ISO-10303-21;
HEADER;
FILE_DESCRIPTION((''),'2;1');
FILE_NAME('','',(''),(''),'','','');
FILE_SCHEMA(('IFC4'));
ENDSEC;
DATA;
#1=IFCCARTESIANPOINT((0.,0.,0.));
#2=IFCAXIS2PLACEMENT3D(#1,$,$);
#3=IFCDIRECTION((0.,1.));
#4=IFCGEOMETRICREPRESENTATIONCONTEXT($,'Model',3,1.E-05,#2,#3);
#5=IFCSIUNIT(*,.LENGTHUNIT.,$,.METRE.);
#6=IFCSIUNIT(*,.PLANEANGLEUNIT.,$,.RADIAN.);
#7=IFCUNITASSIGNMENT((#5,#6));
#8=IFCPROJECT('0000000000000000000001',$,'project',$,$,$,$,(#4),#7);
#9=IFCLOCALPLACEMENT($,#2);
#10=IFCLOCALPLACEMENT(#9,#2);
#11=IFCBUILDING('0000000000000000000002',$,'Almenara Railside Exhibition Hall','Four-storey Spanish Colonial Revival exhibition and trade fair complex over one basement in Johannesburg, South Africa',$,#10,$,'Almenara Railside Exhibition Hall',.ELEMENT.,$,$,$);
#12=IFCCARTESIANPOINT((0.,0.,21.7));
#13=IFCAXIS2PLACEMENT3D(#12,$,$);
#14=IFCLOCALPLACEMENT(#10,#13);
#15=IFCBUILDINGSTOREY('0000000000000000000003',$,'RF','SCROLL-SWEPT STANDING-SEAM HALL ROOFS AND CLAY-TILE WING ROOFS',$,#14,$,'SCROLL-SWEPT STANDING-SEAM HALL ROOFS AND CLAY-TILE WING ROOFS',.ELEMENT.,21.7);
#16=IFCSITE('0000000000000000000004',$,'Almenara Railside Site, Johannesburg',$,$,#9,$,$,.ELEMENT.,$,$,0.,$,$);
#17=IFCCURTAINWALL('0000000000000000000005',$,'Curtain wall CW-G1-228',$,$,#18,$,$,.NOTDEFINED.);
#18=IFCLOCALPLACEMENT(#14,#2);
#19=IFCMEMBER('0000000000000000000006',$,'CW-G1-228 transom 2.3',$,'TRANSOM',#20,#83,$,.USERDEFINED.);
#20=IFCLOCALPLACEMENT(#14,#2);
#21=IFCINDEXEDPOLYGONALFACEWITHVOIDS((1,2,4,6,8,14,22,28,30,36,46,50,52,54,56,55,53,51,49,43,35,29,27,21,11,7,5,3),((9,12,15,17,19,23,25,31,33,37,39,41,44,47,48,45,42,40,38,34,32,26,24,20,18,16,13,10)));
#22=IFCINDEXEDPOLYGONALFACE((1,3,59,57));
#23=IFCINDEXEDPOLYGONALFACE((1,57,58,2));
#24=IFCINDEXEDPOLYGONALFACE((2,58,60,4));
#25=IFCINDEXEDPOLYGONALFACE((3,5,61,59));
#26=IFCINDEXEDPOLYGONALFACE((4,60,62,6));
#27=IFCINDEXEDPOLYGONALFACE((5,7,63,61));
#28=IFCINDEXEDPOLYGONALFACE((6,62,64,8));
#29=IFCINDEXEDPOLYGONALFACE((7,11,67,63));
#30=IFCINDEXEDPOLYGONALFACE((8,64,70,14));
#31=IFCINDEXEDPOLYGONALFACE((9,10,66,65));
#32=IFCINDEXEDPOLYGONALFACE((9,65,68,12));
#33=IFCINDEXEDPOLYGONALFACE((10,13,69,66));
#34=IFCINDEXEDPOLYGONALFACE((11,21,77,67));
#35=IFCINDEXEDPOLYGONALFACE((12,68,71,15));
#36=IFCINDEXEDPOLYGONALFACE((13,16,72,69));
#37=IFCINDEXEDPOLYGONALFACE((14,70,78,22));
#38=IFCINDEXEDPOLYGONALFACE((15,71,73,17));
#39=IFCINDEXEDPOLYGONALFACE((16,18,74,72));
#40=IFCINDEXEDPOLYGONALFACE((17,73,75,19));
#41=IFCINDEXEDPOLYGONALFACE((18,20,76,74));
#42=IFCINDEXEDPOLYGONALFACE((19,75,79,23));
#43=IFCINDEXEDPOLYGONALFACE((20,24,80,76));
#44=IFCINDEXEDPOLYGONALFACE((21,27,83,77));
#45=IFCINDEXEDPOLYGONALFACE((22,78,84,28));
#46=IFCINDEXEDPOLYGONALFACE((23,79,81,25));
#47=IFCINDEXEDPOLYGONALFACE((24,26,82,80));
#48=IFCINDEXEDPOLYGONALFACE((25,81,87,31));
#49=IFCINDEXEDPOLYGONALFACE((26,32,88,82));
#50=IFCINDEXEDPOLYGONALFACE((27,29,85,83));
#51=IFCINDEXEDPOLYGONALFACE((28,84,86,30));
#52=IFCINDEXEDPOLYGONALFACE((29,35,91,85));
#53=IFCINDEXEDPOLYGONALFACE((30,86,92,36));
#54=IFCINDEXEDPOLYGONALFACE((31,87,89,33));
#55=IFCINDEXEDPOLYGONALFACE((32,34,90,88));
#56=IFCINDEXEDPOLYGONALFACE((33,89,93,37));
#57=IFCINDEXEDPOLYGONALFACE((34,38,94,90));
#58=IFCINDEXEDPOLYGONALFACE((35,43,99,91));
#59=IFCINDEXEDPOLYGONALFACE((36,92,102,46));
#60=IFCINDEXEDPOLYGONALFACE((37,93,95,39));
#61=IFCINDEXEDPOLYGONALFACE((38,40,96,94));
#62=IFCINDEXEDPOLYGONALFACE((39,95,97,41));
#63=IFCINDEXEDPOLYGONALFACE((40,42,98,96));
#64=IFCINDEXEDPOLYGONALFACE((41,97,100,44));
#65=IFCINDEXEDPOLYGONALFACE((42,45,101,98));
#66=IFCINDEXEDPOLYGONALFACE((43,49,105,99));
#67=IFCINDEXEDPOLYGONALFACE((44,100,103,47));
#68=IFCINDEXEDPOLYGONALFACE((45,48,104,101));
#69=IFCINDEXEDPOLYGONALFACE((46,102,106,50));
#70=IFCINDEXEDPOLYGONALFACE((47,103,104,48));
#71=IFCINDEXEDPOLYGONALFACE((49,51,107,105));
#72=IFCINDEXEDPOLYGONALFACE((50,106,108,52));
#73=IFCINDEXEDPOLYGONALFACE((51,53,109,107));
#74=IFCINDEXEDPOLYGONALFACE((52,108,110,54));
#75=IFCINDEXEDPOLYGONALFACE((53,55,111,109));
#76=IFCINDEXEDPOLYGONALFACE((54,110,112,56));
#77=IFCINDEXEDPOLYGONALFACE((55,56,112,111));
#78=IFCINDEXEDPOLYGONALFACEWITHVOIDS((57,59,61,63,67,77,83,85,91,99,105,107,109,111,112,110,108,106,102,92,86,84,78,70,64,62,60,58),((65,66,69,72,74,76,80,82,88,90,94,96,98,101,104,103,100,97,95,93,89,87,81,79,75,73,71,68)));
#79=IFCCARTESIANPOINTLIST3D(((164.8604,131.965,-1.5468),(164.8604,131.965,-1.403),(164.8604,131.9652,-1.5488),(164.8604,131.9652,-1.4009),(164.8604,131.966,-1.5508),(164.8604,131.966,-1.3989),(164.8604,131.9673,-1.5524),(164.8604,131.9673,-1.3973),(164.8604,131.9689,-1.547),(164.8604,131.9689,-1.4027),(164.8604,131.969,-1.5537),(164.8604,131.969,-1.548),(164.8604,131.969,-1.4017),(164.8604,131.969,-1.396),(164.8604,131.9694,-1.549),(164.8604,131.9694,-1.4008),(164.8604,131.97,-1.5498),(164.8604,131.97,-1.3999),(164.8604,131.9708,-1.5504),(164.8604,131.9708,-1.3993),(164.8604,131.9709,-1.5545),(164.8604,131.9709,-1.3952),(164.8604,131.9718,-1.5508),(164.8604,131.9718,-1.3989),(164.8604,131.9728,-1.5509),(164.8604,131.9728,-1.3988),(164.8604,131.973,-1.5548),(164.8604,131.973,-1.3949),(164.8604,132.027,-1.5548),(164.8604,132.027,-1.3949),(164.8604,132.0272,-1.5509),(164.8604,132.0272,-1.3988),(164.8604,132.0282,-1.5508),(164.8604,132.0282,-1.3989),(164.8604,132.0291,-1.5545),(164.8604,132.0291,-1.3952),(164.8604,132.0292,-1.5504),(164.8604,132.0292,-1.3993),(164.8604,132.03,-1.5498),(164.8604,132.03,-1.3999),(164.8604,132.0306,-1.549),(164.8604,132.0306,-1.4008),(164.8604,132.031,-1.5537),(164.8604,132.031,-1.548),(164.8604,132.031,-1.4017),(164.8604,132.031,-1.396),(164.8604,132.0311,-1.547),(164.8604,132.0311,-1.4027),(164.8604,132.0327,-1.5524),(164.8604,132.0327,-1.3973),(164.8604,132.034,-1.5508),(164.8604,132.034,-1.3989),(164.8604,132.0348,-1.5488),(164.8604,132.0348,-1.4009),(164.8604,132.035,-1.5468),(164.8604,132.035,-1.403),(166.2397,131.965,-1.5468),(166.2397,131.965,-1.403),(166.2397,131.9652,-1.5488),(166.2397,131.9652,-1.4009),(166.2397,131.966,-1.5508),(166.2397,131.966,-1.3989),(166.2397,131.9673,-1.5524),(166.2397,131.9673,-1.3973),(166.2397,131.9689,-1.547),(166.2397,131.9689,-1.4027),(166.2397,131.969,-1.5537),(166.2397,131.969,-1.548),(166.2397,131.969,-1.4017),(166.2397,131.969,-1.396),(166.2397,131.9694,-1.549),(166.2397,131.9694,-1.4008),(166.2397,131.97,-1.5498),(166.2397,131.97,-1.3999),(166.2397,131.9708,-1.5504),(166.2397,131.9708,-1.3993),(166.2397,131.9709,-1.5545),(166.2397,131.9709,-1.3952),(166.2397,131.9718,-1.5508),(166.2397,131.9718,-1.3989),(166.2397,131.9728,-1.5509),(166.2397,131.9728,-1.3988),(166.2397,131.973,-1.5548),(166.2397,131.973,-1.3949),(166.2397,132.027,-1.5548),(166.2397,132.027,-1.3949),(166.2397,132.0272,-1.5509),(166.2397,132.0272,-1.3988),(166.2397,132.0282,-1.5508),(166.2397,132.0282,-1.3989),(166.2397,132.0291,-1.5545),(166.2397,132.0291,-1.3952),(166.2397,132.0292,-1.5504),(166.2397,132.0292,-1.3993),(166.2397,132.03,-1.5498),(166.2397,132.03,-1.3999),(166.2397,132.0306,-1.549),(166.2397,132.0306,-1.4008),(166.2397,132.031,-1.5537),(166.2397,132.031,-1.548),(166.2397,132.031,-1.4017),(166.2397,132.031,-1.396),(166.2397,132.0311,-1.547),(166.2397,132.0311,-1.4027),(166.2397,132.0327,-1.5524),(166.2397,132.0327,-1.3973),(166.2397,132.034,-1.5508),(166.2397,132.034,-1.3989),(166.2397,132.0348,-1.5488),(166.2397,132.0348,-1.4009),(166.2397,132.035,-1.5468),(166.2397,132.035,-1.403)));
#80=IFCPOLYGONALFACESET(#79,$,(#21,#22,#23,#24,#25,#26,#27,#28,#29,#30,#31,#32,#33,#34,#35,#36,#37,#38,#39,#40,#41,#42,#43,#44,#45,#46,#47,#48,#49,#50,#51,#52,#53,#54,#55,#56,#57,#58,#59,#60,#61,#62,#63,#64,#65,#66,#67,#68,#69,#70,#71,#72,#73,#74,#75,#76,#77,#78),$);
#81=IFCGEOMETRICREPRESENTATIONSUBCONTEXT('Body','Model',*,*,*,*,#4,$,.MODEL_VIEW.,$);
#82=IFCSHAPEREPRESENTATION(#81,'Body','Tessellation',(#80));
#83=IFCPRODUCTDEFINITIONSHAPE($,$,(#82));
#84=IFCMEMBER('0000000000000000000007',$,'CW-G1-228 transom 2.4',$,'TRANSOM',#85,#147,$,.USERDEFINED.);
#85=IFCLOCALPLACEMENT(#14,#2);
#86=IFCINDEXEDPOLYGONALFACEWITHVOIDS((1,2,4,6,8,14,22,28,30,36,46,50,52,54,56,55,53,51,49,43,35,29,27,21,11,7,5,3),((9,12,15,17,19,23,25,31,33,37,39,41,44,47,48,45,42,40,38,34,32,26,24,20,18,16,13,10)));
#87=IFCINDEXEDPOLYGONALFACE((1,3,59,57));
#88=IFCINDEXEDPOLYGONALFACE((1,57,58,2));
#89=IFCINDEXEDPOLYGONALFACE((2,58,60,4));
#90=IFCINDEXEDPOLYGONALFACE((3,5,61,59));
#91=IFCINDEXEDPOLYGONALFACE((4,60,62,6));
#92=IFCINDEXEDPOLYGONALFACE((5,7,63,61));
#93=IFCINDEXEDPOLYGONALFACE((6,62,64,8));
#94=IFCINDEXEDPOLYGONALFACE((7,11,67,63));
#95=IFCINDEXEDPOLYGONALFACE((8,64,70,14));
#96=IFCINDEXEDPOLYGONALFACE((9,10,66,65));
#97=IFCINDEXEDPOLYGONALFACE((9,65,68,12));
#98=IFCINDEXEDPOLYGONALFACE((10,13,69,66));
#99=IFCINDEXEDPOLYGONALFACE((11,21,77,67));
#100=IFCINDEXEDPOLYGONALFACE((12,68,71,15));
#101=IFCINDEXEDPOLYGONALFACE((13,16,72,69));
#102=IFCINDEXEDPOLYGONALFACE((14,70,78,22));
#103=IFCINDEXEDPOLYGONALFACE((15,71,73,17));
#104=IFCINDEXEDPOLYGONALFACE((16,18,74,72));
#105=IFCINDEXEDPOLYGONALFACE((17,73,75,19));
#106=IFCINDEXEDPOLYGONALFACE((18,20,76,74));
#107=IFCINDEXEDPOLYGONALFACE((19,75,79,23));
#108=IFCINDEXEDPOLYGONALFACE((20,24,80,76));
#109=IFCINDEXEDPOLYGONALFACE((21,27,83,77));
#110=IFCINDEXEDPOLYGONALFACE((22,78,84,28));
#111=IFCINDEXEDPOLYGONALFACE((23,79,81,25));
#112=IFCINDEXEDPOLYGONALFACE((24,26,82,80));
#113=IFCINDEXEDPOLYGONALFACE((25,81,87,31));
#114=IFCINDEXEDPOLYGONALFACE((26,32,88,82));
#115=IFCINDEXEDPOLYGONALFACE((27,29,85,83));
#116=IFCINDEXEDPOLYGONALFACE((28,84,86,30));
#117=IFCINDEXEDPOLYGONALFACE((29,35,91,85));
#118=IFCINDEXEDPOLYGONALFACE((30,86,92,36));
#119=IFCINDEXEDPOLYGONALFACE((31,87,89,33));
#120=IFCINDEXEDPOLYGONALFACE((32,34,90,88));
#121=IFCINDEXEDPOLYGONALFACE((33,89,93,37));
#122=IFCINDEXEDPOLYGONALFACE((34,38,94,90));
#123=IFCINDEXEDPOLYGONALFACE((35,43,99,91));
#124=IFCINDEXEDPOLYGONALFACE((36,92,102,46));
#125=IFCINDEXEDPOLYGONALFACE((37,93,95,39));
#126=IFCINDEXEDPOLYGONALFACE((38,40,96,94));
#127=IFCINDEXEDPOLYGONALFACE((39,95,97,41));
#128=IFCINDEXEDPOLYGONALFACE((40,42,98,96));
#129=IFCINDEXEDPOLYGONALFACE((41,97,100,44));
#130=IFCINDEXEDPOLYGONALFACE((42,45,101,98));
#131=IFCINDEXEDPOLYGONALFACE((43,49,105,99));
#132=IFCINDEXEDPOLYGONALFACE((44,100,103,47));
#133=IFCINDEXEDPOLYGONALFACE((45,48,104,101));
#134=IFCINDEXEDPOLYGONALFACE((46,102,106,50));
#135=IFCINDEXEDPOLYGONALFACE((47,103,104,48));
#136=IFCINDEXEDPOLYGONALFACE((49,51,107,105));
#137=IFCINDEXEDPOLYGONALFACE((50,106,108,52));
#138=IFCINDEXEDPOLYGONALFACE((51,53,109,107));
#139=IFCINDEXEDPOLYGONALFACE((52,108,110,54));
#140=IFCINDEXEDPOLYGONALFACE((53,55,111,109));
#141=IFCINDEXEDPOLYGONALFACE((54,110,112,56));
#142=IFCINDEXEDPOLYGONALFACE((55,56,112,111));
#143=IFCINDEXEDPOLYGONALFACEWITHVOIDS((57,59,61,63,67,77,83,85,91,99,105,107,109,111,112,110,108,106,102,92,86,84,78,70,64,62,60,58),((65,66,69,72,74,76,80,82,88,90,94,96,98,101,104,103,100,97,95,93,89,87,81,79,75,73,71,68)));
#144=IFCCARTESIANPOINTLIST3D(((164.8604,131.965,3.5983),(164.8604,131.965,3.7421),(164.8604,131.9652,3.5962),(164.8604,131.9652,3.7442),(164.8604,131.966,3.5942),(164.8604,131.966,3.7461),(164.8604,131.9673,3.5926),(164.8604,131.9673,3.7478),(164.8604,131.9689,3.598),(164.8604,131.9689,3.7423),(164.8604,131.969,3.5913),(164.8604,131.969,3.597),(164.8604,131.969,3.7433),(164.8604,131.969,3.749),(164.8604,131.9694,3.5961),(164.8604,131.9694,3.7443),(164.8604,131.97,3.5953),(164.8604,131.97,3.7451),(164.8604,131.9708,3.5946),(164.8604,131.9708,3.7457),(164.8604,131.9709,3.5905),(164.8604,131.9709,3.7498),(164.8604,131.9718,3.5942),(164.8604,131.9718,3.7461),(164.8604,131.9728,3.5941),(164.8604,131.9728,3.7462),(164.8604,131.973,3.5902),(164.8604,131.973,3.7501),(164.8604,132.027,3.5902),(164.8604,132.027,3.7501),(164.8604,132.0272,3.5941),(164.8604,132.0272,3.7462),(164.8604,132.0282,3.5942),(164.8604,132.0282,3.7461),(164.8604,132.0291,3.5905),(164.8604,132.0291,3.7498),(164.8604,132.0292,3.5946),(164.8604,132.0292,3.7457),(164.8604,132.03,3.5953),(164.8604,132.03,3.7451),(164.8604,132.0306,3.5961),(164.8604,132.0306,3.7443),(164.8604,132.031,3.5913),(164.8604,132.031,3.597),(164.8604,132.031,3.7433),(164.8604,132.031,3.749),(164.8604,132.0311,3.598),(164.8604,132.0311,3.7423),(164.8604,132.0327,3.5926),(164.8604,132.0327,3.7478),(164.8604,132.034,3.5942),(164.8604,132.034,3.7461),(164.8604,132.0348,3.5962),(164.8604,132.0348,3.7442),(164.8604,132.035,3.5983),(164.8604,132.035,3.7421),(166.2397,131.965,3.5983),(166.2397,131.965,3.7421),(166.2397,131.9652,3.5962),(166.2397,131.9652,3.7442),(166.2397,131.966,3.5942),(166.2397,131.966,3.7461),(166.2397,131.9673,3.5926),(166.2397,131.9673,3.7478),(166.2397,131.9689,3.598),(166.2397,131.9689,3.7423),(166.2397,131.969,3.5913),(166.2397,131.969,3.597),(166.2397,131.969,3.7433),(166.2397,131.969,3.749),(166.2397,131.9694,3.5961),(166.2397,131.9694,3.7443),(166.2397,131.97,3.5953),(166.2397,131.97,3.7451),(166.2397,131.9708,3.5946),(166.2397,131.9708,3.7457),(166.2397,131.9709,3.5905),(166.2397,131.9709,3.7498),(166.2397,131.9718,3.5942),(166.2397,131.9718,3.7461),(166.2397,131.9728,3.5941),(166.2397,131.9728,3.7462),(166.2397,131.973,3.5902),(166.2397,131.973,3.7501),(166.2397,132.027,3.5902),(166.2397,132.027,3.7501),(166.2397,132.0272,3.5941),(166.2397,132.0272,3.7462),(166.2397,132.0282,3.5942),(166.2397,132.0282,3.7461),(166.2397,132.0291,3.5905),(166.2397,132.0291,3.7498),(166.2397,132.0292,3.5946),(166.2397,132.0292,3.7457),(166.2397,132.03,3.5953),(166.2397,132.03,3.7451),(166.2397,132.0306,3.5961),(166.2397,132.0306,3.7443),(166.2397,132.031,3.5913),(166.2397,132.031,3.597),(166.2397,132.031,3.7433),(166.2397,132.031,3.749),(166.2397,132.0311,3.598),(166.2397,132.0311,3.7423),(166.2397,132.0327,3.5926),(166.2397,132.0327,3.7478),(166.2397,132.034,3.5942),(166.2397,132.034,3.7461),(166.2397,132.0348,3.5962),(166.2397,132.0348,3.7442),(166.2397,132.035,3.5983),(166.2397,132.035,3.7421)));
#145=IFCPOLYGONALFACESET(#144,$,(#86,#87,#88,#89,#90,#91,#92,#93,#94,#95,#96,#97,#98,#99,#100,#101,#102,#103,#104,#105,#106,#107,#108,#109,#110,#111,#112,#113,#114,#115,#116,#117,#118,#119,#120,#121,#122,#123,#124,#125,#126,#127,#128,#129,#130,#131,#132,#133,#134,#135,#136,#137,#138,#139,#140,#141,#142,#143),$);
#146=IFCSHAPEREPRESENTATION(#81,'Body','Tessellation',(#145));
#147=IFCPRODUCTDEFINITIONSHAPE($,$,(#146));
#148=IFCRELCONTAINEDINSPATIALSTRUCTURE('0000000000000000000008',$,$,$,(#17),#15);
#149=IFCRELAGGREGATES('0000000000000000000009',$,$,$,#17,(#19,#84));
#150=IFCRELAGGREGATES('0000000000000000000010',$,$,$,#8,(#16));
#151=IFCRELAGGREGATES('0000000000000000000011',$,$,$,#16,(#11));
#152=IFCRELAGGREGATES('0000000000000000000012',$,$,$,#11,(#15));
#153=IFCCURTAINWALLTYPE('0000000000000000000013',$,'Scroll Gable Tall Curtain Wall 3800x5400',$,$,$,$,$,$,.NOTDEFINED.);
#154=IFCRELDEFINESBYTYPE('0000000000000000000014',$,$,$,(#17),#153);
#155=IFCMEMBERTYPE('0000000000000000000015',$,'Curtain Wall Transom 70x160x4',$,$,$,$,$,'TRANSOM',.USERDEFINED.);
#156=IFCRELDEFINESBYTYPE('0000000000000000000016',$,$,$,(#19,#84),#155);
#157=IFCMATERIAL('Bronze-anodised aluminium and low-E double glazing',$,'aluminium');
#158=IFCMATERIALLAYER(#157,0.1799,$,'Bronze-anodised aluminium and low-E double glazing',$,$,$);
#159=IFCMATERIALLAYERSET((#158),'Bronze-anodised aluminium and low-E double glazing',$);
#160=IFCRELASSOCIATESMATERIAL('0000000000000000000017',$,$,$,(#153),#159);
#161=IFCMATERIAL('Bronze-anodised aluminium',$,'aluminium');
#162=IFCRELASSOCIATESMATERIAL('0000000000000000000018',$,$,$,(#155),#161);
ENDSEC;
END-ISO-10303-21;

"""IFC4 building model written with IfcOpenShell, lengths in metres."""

from ifc_helpers import new_model, si_unit, direction, frame, origin, origin_2d, place, context, subcontext, project, spatial, hollow_rectangle, extrude, material, layer, layer_set, material_profile, profile_set, type_object, element, aggregate, save


model = new_model("IFC4")

# Units and contexts
model_context = context("Model", 3, precision=1e-05, world=origin(), true_north=direction((0.0, 1.0)))
body_context = subcontext(model_context, "Body", "Model", "MODEL_VIEW")
ifc_project = project(units=[si_unit("LENGTHUNIT", "METRE"), si_unit("PLANEANGLEUNIT", "RADIAN")], contexts=[model_context])

# Site, building, storey
site_placement = place(None, origin())
site = spatial("IfcSite", under=ifc_project, at=site_placement, Name="Almenara Railside Site, Johannesburg", CompositionType="ELEMENT", RefElevation=0.0)
building_placement = place(site_placement, origin())
building = spatial("IfcBuilding", under=site, at=building_placement, Name="Almenara Railside Exhibition Hall", Description="Four-storey Spanish Colonial Revival exhibition and trade fair complex over one basement in Johannesburg, South Africa", LongName="Almenara Railside Exhibition Hall", CompositionType="ELEMENT")
storey_placement = place(building_placement, frame((0.0, 0.0, 21.7)))
storey = spatial("IfcBuildingStorey", under=building, at=storey_placement, Name="RF", Description="SCROLL-SWEPT STANDING-SEAM HALL ROOFS AND CLAY-TILE WING ROOFS", LongName="SCROLL-SWEPT STANDING-SEAM HALL ROOFS AND CLAY-TILE WING ROOFS", CompositionType="ELEMENT", Elevation=21.7)

# Shared definitions
ifc_material_1 = material(Name="Bronze-anodised aluminium and low-E double glazing", Category="aluminium")
ifc_layer_1 = layer(ifc_material_1, 0.1799, Name="Bronze-anodised aluminium and low-E double glazing")
ifc_layer_set_1 = layer_set([ifc_layer_1], Name="Bronze-anodised aluminium and low-E double glazing")
curtain_wall_type = type_object("IfcCurtainWallType", Name="Scroll Gable Tall Curtain Wall 3800x5400", PredefinedType="NOTDEFINED", material=ifc_layer_set_1)
ifc_material_2 = material(Name="Bronze-anodised aluminium", Category="aluminium")

# Curtain wall, members
curtain_wall_1_placement = place(storey_placement, origin())
curtain_wall_1 = element("IfcCurtainWall", 1, at=curtain_wall_1_placement, inside=storey, type_object=curtain_wall_type, Name="Curtain wall CW-G1-228", PredefinedType="NOTDEFINED")
ifc_material_profile_1 = material_profile(ifc_material_2, hollow_rectangle(XDim=0.0701, YDim=0.1599, WallThickness=0.0039, InnerFilletRadius=0.0039, OuterFilletRadius=0.0081, at=origin_2d()), Name="ALU-TRN 70x160x4")
ifc_profile_set_1 = profile_set([ifc_material_profile_1], Name="Bronze-anodised aluminium")
member_type_1 = type_object("IfcMemberType", Name="Curtain Wall Transom 70x160x4", ElementType="TRANSOM", PredefinedType="USERDEFINED", material=ifc_profile_set_1)
member_1_placement = place(storey_placement, frame((164.8604, 132.0, -1.4749), z_axis=(1.0, 0.0, 0.0), x_axis=(0.0, 1.0, 0.0)))
member_1 = element("IfcMember", 2, at=member_1_placement, type_object=member_type_1, Name="CW-G1-228 transom 2.3", ObjectType="TRANSOM", PredefinedType="USERDEFINED", context=body_context, shape_type="SweptSolid", body=[
    extrude(hollow_rectangle(XDim=0.0701, YDim=0.1599, WallThickness=0.0039, InnerFilletRadius=0.0039, OuterFilletRadius=0.0081, at=origin_2d()), origin(), (0.0, 0.0, 1.0), 1.3794),
])
member_2_placement = place(storey_placement, frame((164.8604, 132.0, 3.6702), z_axis=(1.0, 0.0, 0.0), x_axis=(0.0, 1.0, 0.0)))
member_2 = element("IfcMember", 3, at=member_2_placement, type_object=member_type_1, Name="CW-G1-228 transom 2.4", ObjectType="TRANSOM", PredefinedType="USERDEFINED", context=body_context, shape_type="SweptSolid", body=[
    extrude(hollow_rectangle(XDim=0.0701, YDim=0.1599, WallThickness=0.0039, InnerFilletRadius=0.0039, OuterFilletRadius=0.0081, at=origin_2d()), origin(), (0.0, 0.0, 1.0), 1.3794),
])

aggregate(curtain_wall_1, [member_1, member_2])

save(model, "model.ifc")
